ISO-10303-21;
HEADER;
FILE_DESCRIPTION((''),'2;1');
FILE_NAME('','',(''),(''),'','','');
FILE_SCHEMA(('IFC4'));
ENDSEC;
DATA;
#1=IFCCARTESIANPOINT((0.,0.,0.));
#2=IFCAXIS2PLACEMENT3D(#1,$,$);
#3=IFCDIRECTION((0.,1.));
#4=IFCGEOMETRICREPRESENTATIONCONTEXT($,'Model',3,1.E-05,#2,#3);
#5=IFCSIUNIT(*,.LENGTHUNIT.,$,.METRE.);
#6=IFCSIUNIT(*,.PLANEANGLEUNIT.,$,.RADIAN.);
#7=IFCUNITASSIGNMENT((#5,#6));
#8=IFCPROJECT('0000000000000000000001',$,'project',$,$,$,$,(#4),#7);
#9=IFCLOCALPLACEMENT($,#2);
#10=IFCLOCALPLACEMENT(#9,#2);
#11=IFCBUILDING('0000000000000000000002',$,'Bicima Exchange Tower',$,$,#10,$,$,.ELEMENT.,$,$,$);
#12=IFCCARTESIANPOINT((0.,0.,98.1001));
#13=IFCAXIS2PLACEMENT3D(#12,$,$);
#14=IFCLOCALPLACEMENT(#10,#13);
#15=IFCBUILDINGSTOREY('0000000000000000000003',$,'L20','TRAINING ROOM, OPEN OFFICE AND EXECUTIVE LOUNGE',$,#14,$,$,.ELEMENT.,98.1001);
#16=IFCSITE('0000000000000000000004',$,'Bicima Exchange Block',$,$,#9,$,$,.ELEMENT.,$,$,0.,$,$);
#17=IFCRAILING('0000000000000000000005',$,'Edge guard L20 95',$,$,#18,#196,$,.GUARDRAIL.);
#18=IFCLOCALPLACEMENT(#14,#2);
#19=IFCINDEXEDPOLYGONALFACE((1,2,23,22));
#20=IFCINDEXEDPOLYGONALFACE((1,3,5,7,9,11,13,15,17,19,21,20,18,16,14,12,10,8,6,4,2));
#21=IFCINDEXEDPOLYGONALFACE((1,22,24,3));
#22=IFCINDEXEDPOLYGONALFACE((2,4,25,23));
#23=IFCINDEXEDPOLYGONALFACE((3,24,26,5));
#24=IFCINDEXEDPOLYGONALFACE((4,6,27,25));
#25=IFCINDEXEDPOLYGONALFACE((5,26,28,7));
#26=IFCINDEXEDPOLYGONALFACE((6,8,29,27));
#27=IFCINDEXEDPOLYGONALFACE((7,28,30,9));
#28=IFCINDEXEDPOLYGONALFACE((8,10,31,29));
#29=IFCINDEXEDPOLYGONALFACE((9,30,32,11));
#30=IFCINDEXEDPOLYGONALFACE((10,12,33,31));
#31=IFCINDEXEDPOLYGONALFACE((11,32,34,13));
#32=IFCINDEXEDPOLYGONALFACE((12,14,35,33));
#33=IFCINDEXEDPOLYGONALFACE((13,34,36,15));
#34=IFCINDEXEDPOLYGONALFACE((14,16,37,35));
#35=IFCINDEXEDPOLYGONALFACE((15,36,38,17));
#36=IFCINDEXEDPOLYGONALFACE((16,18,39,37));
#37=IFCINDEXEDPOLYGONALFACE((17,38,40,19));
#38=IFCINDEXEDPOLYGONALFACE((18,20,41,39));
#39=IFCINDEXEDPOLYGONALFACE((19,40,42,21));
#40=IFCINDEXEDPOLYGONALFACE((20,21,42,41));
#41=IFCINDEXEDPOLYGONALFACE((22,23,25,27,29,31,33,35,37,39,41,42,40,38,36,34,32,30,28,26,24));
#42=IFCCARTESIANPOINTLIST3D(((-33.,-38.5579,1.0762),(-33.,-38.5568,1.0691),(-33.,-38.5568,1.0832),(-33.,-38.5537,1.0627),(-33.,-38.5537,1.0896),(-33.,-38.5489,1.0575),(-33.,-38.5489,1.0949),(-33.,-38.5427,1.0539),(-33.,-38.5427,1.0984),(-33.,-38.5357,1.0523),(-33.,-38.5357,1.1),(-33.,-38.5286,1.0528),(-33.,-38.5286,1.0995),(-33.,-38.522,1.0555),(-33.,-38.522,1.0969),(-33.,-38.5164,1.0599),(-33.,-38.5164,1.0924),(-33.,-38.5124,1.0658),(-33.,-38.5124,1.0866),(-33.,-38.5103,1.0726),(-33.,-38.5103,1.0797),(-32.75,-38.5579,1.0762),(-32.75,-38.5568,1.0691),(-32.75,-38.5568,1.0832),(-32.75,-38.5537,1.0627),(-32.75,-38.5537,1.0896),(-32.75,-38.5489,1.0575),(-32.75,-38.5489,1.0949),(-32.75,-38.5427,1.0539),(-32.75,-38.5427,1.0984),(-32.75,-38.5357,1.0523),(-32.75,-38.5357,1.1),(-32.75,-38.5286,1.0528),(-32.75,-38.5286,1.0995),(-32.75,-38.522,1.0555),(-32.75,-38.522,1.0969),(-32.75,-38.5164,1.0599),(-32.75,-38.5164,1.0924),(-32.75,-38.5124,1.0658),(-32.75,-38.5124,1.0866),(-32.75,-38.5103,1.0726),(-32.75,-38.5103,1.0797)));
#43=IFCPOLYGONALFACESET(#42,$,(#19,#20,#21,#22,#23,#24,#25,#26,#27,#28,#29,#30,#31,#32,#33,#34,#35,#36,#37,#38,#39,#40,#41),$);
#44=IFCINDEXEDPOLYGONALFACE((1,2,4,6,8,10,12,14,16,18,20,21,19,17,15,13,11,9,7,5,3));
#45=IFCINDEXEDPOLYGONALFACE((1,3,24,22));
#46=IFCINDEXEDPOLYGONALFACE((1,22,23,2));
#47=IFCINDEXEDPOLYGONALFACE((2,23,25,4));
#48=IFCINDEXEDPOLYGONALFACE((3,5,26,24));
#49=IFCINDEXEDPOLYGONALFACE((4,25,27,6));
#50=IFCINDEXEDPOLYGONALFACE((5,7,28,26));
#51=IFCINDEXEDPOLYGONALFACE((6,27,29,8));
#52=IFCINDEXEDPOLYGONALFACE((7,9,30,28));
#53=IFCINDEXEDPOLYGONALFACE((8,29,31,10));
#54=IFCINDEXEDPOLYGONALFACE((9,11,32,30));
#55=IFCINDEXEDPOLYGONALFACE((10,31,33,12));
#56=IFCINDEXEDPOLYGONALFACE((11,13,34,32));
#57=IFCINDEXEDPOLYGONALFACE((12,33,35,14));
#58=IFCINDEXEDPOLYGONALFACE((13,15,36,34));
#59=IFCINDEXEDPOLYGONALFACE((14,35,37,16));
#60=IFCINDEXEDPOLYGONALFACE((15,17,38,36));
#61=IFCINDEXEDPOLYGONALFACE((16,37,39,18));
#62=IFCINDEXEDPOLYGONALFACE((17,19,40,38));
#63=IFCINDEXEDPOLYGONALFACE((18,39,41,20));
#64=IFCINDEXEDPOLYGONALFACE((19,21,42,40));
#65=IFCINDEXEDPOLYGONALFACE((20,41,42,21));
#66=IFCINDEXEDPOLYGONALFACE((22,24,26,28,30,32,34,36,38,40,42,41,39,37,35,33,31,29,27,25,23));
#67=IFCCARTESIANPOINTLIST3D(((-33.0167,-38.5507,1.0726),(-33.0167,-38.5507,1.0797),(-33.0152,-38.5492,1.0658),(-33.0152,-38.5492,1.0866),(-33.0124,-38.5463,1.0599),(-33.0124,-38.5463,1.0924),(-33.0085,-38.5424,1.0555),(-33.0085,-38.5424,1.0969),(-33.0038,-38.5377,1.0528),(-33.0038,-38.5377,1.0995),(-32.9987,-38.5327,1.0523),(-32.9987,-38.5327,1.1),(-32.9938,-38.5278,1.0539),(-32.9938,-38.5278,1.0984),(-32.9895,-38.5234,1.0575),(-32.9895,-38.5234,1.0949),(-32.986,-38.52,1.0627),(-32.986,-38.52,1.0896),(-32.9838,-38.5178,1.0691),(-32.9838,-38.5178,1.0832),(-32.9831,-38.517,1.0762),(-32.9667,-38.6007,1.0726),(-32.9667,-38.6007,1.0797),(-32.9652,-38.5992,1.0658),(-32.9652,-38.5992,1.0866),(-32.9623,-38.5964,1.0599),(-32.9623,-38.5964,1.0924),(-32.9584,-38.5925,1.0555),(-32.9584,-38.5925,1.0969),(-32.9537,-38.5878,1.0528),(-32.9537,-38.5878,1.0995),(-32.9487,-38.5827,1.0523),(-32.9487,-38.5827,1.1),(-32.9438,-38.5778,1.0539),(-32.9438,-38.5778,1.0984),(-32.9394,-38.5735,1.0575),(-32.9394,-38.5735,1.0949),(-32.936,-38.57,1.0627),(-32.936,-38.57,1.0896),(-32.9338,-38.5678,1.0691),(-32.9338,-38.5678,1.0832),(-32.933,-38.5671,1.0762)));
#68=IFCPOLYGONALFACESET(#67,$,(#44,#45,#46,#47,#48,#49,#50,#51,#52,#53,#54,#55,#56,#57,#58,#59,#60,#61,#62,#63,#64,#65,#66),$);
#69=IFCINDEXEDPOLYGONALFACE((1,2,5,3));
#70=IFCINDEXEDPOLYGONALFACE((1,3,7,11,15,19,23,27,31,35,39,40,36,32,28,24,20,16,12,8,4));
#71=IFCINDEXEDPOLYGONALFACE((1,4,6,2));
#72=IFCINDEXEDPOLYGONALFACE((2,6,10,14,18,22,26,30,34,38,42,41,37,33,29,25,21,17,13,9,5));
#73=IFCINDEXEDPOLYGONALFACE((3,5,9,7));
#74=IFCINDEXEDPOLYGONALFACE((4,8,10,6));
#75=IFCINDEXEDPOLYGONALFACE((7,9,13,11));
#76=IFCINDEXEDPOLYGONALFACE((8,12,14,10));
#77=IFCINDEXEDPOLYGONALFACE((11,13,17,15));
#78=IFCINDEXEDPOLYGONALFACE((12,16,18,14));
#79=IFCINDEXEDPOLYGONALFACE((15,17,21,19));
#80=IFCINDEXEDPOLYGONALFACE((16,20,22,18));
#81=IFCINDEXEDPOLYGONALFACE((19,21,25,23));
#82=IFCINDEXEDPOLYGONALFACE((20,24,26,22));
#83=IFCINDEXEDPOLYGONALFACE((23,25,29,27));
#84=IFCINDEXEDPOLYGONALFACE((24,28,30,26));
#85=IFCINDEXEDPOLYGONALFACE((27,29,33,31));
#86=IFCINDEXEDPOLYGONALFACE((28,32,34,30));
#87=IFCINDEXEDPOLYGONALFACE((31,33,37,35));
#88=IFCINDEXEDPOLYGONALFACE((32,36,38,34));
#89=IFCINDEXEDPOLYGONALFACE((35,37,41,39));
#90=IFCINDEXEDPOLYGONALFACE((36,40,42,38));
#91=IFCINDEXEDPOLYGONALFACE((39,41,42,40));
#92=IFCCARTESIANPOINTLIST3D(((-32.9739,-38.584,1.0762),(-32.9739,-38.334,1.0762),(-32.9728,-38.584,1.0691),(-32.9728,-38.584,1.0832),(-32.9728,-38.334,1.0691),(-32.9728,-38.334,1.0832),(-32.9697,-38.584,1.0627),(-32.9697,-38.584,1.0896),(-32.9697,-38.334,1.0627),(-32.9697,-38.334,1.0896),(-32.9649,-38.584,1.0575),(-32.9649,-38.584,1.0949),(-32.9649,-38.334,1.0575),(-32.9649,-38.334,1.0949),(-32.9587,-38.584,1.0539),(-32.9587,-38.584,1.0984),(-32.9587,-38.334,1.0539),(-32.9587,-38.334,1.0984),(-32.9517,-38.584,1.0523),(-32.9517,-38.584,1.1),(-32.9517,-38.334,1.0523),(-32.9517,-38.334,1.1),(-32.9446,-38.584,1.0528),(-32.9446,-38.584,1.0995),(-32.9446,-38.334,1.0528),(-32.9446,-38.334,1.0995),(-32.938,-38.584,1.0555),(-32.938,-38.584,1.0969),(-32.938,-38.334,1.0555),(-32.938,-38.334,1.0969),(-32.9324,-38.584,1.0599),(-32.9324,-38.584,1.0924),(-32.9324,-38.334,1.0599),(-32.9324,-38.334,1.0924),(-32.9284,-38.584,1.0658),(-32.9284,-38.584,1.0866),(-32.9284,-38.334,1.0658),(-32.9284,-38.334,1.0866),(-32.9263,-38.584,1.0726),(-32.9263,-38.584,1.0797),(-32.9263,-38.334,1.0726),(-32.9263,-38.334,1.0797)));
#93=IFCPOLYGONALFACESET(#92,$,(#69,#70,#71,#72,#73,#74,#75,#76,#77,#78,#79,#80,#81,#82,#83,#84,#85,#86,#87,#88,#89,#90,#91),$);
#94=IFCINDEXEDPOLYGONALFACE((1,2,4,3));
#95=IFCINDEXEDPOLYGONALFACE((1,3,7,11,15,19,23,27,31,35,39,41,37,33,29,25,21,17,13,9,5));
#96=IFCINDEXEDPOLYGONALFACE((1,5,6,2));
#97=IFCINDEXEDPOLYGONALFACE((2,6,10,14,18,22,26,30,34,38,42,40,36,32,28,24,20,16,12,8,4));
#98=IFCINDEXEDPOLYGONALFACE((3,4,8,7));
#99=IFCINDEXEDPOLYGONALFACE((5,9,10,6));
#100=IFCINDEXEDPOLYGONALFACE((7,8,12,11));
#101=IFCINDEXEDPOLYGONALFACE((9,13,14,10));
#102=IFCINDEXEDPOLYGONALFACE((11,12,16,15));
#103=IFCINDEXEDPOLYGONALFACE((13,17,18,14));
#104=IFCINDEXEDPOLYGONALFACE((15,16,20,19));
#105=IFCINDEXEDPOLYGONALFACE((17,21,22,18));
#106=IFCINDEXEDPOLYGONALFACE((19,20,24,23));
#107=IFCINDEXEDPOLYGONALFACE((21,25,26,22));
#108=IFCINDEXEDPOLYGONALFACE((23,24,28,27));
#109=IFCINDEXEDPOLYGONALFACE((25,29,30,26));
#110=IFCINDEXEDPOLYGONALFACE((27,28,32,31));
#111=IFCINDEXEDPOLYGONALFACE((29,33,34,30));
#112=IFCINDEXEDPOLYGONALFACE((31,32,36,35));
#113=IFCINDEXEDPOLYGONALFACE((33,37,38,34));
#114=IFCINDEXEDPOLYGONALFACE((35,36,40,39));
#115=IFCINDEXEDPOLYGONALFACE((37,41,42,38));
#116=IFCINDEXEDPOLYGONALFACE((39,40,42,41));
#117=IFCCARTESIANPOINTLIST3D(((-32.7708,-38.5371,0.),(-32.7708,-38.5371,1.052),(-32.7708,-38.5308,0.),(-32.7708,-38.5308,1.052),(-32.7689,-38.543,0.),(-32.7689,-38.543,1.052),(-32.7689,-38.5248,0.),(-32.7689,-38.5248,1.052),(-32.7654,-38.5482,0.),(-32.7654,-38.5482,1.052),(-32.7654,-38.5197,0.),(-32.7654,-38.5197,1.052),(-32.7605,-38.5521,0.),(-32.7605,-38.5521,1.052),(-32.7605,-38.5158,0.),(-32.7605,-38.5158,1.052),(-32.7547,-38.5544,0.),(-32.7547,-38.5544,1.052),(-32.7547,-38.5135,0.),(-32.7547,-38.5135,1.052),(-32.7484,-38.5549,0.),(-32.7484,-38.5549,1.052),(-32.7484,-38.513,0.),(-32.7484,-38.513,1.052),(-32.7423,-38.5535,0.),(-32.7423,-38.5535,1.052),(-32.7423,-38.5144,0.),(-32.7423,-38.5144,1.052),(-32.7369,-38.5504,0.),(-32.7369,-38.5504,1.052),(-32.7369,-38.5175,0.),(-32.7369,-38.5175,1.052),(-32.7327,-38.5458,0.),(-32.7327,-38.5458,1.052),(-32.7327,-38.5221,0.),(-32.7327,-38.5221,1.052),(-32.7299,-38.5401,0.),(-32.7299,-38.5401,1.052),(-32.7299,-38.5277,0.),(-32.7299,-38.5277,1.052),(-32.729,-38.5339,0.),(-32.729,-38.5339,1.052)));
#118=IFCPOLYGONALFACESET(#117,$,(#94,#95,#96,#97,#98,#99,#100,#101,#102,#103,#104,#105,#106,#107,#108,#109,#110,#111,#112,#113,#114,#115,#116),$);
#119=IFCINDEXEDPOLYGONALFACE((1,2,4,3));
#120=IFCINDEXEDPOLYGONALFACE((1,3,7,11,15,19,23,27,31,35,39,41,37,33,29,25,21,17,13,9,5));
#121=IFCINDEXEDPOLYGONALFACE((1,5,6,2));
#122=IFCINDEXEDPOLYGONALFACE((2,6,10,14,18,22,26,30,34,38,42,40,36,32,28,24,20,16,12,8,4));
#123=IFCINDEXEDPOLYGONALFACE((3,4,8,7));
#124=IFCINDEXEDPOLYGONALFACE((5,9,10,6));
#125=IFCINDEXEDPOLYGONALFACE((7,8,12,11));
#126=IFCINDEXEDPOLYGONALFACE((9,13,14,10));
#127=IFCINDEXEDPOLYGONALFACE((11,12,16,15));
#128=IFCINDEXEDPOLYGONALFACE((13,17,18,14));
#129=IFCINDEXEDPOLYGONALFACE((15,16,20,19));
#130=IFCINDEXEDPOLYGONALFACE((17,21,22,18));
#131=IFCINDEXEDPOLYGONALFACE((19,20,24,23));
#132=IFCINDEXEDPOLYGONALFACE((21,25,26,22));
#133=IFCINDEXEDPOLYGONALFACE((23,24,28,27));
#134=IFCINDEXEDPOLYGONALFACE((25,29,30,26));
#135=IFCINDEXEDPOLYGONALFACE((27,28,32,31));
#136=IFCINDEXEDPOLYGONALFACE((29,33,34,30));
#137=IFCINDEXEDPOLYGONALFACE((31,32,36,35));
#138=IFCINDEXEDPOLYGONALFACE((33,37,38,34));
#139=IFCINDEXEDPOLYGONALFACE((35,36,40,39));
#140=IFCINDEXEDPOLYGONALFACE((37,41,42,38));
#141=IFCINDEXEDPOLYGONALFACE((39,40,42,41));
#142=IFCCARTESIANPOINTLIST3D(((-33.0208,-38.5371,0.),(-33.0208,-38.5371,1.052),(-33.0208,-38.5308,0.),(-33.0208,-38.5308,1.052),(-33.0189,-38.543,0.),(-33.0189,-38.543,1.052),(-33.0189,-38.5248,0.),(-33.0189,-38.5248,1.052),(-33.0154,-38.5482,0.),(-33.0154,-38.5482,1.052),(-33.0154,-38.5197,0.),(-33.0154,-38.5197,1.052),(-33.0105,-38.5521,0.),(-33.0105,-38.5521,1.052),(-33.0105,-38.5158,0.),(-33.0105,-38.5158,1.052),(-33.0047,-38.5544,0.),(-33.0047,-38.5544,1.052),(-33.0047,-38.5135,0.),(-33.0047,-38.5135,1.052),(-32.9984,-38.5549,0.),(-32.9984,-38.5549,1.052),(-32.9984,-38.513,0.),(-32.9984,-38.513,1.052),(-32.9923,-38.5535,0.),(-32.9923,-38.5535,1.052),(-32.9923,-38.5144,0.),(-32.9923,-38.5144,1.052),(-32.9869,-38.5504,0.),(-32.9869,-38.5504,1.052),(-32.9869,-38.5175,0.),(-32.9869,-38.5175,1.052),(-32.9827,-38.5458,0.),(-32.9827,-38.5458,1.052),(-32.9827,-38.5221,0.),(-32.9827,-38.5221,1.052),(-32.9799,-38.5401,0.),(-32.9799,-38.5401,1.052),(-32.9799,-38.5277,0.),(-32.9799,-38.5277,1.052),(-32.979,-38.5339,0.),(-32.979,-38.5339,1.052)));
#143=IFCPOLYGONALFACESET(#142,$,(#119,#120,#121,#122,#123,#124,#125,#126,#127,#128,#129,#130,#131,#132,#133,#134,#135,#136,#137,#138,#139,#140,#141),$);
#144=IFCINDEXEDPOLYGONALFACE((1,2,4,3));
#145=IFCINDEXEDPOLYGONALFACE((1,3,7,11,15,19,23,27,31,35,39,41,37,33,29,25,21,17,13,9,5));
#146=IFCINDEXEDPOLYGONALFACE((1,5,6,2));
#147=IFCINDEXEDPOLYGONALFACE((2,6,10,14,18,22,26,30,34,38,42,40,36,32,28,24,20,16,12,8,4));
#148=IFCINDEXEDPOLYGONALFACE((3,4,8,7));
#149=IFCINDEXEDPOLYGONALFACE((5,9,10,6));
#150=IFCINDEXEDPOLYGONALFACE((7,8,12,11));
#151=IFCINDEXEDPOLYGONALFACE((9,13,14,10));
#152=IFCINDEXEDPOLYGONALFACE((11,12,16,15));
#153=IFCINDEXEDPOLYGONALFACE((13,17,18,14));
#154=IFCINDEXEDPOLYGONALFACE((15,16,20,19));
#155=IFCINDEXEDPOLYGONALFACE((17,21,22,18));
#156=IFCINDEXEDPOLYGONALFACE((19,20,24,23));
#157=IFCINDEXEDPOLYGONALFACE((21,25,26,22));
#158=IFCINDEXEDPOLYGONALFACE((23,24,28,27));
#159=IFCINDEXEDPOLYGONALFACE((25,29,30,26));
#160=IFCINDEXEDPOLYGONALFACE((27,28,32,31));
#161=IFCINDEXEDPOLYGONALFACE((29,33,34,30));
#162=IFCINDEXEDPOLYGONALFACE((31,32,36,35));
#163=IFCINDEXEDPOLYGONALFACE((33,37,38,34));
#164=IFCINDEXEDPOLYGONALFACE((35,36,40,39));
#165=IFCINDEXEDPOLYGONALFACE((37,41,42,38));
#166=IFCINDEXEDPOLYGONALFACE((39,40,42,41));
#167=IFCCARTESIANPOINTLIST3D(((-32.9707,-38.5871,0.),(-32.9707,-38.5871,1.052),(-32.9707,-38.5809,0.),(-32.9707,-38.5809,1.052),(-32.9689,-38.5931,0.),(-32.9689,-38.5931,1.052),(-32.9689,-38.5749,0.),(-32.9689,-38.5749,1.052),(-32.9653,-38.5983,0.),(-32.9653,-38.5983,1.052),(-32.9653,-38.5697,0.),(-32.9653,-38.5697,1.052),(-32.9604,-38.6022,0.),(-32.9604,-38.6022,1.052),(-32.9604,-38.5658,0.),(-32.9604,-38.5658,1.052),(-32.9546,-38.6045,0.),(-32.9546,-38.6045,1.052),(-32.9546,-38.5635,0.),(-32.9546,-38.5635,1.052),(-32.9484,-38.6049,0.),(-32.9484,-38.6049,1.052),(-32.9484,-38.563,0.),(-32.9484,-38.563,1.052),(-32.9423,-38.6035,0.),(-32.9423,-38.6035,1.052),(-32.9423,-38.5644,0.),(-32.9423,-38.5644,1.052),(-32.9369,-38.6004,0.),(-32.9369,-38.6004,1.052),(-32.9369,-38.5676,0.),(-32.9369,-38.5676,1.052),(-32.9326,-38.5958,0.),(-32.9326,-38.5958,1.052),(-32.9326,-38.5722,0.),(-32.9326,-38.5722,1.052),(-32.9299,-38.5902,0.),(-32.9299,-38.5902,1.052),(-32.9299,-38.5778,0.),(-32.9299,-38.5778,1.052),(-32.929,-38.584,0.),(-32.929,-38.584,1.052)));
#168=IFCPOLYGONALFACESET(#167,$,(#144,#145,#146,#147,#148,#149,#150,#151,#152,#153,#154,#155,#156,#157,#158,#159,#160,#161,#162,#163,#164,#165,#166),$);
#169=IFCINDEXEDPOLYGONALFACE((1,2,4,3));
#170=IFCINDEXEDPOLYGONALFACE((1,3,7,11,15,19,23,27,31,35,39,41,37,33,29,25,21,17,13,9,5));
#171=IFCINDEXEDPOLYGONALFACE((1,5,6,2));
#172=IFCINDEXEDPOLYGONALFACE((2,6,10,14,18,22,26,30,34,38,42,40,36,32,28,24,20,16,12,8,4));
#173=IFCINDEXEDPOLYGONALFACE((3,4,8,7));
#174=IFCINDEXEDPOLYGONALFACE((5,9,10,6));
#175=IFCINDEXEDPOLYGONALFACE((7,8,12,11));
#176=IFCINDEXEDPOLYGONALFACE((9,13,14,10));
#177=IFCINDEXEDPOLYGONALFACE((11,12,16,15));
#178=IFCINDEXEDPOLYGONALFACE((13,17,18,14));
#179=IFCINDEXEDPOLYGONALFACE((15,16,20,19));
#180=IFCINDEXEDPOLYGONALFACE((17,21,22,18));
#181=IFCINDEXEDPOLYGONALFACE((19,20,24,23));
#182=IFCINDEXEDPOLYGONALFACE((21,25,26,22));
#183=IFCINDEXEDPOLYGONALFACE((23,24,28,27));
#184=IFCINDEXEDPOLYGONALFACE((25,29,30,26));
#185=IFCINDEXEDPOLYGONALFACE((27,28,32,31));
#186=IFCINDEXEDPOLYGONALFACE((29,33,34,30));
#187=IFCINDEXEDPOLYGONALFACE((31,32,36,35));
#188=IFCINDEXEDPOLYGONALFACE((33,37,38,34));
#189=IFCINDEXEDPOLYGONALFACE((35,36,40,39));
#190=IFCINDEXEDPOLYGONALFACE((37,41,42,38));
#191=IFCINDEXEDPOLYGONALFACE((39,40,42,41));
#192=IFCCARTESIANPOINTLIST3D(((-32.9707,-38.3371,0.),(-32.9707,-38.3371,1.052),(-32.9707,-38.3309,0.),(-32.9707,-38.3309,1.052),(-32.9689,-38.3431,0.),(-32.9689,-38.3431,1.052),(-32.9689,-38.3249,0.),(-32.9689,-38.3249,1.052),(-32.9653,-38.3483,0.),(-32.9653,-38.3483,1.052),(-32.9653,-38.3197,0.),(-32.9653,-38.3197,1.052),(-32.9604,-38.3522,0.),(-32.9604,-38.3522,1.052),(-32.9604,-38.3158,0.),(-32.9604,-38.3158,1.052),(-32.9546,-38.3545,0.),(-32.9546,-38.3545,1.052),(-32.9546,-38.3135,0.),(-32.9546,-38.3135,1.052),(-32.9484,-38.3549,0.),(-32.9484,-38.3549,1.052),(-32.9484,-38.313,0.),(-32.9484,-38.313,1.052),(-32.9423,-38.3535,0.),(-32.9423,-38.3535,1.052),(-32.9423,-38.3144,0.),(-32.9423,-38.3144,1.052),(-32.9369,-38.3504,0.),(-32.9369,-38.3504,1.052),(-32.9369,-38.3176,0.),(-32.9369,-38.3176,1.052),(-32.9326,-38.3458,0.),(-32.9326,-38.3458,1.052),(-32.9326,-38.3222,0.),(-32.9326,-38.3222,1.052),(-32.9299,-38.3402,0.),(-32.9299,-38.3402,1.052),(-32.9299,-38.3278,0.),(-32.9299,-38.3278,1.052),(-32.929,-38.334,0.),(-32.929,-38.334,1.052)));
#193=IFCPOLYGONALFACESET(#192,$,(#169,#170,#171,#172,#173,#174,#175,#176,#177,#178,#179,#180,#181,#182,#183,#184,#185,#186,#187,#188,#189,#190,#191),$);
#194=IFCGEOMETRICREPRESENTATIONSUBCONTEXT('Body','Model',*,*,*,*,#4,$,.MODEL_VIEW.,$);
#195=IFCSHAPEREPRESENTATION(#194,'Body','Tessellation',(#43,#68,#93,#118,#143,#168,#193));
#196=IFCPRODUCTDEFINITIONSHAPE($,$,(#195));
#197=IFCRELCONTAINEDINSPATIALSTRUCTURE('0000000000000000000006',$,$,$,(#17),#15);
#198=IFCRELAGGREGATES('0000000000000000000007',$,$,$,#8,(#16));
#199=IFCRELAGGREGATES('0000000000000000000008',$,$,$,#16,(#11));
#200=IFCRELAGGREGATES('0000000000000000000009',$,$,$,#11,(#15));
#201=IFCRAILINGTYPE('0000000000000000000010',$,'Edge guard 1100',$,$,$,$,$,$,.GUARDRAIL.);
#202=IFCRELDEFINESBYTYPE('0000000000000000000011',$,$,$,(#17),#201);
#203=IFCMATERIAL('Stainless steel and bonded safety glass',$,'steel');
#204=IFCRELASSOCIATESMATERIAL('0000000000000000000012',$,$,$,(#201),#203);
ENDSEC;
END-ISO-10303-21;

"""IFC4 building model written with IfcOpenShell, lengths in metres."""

from ifc_helpers import new_model, si_unit, direction, frame, origin, origin_2d, place, context, subcontext, project, spatial, circle, extrude, material, type_object, element, save


model = new_model("IFC4")

# Units and contexts
model_context = context("Model", 3, precision=1e-05, world=origin(), true_north=direction((0.0, 1.0)))
body_context = subcontext(model_context, "Body", "Model", "MODEL_VIEW")
ifc_project = project(units=[si_unit("LENGTHUNIT", "METRE"), si_unit("PLANEANGLEUNIT", "RADIAN")], contexts=[model_context])

# Site, building, storey
site_placement = place(None, origin())
site = spatial("IfcSite", under=ifc_project, at=site_placement, Name="Bicima Exchange Block", CompositionType="ELEMENT", RefElevation=0.0)
building_placement = place(site_placement, origin())
building = spatial("IfcBuilding", under=site, at=building_placement, Name="Bicima Exchange Tower", CompositionType="ELEMENT")
storey_placement = place(building_placement, frame((0.0, 0.0, 98.1001)))
storey = spatial("IfcBuildingStorey", under=building, at=storey_placement, Name="L20", Description="TRAINING ROOM, OPEN OFFICE AND EXECUTIVE LOUNGE", CompositionType="ELEMENT", Elevation=98.1001)

# Railing
ifc_material_1 = material(Name="Stainless steel and bonded safety glass", Category="steel")
railing_type = type_object("IfcRailingType", Name="Edge guard 1100", PredefinedType="GUARDRAIL", material=ifc_material_1)
railing_1_placement = place(storey_placement, frame((-32.75, -38.5339, 0.0)))
element("IfcRailing", 1, at=railing_1_placement, inside=storey, type_object=railing_type, Name="Edge guard L20 95", PredefinedType="GUARDRAIL", context=body_context, shape_type="SweptSolid", body=[
    extrude(circle(Radius=0.0239, at=origin_2d()), frame((0.0, 0.0, 1.0762), z_axis=(-1.0, 0.0, 0.0), x_axis=(0.0, -1.0, 0.0)), (0.0, 0.0, 1.0), 0.25),
    extrude(circle(Radius=0.0239, at=origin_2d()), frame((-0.25, 0.0, 1.0762), z_axis=(0.707107, -0.707107, 0.0), x_axis=(0.707107, 0.707107, 0.0)), (0.0, 0.0, 1.0), 0.0708),
    extrude(circle(Radius=0.0239, at=origin_2d()), frame((-0.2, -0.05, 1.0762), z_axis=(0.0, 1.0, 0.0), x_axis=(-1.0, 0.0, 0.0)), (0.0, 0.0, 1.0), 0.25),
    extrude(circle(Radius=0.021, at=origin_2d()), origin(), (0.0, 0.0, 1.0), 1.052),
    extrude(circle(Radius=0.021, at=origin_2d()), frame((-0.25, 0.0, 0.0)), (0.0, 0.0, 1.0), 1.052),
    extrude(circle(Radius=0.021, at=origin_2d()), frame((-0.2, -0.05, 0.0)), (0.0, 0.0, 1.0), 1.052),
    extrude(circle(Radius=0.021, at=origin_2d()), frame((-0.2, 0.2, 0.0)), (0.0, 0.0, 1.0), 1.052),
])

save(model, "model.ifc")
